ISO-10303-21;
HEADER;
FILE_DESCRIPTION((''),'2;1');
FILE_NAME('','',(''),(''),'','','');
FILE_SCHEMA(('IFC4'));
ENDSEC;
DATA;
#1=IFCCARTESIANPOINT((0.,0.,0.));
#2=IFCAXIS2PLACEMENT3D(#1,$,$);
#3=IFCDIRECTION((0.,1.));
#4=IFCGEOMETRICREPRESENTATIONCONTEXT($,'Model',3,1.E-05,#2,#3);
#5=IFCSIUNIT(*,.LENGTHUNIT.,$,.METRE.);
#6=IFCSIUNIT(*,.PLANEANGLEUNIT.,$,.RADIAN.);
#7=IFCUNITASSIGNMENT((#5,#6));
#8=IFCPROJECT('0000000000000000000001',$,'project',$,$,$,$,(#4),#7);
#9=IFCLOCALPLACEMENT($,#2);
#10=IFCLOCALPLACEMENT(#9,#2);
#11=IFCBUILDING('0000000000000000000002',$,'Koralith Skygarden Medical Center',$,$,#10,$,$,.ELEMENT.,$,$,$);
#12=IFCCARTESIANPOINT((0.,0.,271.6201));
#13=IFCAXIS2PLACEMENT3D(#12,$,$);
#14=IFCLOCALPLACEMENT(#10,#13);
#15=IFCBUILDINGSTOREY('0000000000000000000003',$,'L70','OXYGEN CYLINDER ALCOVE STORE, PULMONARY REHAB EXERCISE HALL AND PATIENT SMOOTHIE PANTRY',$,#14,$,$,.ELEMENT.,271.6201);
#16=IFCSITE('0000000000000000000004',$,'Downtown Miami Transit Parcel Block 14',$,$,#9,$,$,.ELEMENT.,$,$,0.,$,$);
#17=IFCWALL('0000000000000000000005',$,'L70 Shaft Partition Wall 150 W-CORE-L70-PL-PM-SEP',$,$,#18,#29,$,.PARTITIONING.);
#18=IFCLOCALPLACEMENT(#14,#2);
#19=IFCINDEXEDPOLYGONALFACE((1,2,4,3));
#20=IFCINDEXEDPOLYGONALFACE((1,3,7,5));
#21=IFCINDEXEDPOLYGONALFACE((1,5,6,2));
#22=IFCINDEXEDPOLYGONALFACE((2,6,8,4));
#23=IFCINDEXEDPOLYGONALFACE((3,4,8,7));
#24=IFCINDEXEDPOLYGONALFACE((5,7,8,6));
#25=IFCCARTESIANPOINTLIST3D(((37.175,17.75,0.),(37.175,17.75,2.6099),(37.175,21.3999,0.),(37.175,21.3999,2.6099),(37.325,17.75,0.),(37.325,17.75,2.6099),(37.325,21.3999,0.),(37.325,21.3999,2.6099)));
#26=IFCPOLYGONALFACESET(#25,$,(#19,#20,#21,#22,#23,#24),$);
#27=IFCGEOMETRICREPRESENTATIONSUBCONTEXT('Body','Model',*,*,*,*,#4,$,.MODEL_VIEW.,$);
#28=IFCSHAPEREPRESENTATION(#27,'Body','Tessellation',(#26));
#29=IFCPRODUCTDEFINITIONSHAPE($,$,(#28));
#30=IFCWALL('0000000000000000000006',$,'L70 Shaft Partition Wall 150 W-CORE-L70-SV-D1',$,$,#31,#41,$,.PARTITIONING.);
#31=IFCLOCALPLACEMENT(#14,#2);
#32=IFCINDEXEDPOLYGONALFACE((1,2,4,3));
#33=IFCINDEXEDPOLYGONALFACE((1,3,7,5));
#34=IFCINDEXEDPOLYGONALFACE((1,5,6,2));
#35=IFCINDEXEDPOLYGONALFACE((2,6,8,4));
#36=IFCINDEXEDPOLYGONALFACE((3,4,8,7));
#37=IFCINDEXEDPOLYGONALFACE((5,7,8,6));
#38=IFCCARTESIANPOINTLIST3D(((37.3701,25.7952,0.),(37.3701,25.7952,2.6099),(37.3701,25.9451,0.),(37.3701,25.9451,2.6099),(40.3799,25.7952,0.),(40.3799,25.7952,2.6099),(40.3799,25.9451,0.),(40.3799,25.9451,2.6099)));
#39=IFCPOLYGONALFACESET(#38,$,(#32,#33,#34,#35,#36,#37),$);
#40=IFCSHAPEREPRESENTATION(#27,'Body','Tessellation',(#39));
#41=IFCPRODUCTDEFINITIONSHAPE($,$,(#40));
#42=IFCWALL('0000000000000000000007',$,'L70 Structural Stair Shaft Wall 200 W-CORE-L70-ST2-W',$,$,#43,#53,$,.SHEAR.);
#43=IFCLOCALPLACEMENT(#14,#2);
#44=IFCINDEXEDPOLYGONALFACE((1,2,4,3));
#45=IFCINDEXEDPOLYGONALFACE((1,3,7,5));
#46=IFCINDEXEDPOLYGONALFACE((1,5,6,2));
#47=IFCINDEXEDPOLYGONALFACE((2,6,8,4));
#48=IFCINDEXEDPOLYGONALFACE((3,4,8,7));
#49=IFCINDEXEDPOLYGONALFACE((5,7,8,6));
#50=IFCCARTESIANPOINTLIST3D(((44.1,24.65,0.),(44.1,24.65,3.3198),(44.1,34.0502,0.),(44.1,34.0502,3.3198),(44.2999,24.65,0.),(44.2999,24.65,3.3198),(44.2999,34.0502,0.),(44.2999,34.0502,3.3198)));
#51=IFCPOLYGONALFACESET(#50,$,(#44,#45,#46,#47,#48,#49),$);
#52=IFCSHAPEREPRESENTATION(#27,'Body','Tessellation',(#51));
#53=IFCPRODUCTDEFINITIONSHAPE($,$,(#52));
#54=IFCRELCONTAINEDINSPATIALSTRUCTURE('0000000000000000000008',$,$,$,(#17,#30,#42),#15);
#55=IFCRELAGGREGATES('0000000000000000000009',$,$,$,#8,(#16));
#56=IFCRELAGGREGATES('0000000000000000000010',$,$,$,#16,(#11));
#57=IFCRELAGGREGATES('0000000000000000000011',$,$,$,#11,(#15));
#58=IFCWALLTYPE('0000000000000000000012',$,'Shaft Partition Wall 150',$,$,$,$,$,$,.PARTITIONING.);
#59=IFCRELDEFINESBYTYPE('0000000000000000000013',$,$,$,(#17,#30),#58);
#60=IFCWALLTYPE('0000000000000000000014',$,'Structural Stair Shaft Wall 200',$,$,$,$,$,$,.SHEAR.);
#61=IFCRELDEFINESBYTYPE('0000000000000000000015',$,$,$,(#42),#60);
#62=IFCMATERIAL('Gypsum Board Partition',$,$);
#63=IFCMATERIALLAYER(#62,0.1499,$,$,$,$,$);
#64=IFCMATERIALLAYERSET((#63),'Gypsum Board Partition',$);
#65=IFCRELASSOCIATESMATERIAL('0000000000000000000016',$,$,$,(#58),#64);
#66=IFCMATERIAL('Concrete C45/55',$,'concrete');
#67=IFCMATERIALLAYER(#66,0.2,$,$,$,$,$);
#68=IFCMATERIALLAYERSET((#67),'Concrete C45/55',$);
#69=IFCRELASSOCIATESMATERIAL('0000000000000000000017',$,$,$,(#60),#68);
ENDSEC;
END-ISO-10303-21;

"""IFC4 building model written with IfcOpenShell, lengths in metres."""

from ifc_helpers import new_model, si_unit, direction, frame, frame_2d, origin, place, context, subcontext, project, spatial, rectangle, extrude, material, layer, layer_set, type_object, element, save


model = new_model("IFC4")

# Units and contexts
model_context = context("Model", 3, precision=1e-05, world=origin(), true_north=direction((0.0, 1.0)))
body_context = subcontext(model_context, "Body", "Model", "MODEL_VIEW")
ifc_project = project(units=[si_unit("LENGTHUNIT", "METRE"), si_unit("PLANEANGLEUNIT", "RADIAN")], contexts=[model_context])

# Site, building, storey
site_placement = place(None, origin())
site = spatial("IfcSite", under=ifc_project, at=site_placement, Name="Downtown Miami Transit Parcel Block 14", CompositionType="ELEMENT", RefElevation=0.0)
building_placement = place(site_placement, origin())
building = spatial("IfcBuilding", under=site, at=building_placement, Name="Koralith Skygarden Medical Center", CompositionType="ELEMENT")
storey_placement = place(building_placement, frame((0.0, 0.0, 271.6201)))
storey = spatial("IfcBuildingStorey", under=building, at=storey_placement, Name="L70", Description="OXYGEN CYLINDER ALCOVE STORE, PULMONARY REHAB EXERCISE HALL AND PATIENT SMOOTHIE PANTRY", CompositionType="ELEMENT", Elevation=271.6201)

# Shared definitions
ifc_material_1 = material(Name="Concrete C45/55", Category="concrete")

# Shared definitions
ifc_material_2 = material(Name="Gypsum Board Partition")

# Walls
ifc_layer_1 = layer(ifc_material_2, 0.1499)
ifc_layer_set_1 = layer_set([ifc_layer_1], Name="Gypsum Board Partition")
wall_type_1 = type_object("IfcWallType", Name="Shaft Partition Wall 150", PredefinedType="PARTITIONING", material=ifc_layer_set_1)
wall_1_placement = place(storey_placement, frame((37.25, 17.75, 0.0), z_axis=(0.0, 0.0, 1.0), x_axis=(0.0, 1.0, 0.0)))
element("IfcWall", 1, at=wall_1_placement, inside=storey, type_object=wall_type_1, Name="L70 Shaft Partition Wall 150 W-CORE-L70-PL-PM-SEP", PredefinedType="PARTITIONING", context=body_context, shape_type="SweptSolid", body=[
    extrude(rectangle(XDim=3.6499, YDim=0.1499, at=frame_2d((1.825, 0.0))), origin(), (0.0, 0.0, 1.0), 2.6099),
])
wall_2_placement = place(storey_placement, frame((37.3701, 25.8701, 0.0), z_axis=(0.0, 0.0, 1.0), x_axis=(1.0, 0.0, 0.0)))
element("IfcWall", 2, at=wall_2_placement, inside=storey, type_object=wall_type_1, Name="L70 Shaft Partition Wall 150 W-CORE-L70-SV-D1", PredefinedType="PARTITIONING", context=body_context, shape_type="SweptSolid", body=[
    extrude(rectangle(XDim=3.0098, YDim=0.1499, at=frame_2d((1.5049, 0.0))), origin(), (0.0, 0.0, 1.0), 2.6099),
])
ifc_layer_2 = layer(ifc_material_1, 0.2)
ifc_layer_set_2 = layer_set([ifc_layer_2], Name="Concrete C45/55")
wall_type_2 = type_object("IfcWallType", Name="Structural Stair Shaft Wall 200", PredefinedType="SHEAR", material=ifc_layer_set_2)
wall_3_placement = place(storey_placement, frame((44.2, 24.6499, 0.0), z_axis=(0.0, 0.0, 1.0), x_axis=(0.0, 1.0, 0.0)))
element("IfcWall", 3, at=wall_3_placement, inside=storey, type_object=wall_type_2, Name="L70 Structural Stair Shaft Wall 200 W-CORE-L70-ST2-W", PredefinedType="SHEAR", context=body_context, shape_type="SweptSolid", body=[
    extrude(rectangle(XDim=9.4001, YDim=0.2, at=frame_2d((4.7002, 0.0))), origin(), (0.0, 0.0, 1.0), 3.3198),
])

save(model, "model.ifc")
